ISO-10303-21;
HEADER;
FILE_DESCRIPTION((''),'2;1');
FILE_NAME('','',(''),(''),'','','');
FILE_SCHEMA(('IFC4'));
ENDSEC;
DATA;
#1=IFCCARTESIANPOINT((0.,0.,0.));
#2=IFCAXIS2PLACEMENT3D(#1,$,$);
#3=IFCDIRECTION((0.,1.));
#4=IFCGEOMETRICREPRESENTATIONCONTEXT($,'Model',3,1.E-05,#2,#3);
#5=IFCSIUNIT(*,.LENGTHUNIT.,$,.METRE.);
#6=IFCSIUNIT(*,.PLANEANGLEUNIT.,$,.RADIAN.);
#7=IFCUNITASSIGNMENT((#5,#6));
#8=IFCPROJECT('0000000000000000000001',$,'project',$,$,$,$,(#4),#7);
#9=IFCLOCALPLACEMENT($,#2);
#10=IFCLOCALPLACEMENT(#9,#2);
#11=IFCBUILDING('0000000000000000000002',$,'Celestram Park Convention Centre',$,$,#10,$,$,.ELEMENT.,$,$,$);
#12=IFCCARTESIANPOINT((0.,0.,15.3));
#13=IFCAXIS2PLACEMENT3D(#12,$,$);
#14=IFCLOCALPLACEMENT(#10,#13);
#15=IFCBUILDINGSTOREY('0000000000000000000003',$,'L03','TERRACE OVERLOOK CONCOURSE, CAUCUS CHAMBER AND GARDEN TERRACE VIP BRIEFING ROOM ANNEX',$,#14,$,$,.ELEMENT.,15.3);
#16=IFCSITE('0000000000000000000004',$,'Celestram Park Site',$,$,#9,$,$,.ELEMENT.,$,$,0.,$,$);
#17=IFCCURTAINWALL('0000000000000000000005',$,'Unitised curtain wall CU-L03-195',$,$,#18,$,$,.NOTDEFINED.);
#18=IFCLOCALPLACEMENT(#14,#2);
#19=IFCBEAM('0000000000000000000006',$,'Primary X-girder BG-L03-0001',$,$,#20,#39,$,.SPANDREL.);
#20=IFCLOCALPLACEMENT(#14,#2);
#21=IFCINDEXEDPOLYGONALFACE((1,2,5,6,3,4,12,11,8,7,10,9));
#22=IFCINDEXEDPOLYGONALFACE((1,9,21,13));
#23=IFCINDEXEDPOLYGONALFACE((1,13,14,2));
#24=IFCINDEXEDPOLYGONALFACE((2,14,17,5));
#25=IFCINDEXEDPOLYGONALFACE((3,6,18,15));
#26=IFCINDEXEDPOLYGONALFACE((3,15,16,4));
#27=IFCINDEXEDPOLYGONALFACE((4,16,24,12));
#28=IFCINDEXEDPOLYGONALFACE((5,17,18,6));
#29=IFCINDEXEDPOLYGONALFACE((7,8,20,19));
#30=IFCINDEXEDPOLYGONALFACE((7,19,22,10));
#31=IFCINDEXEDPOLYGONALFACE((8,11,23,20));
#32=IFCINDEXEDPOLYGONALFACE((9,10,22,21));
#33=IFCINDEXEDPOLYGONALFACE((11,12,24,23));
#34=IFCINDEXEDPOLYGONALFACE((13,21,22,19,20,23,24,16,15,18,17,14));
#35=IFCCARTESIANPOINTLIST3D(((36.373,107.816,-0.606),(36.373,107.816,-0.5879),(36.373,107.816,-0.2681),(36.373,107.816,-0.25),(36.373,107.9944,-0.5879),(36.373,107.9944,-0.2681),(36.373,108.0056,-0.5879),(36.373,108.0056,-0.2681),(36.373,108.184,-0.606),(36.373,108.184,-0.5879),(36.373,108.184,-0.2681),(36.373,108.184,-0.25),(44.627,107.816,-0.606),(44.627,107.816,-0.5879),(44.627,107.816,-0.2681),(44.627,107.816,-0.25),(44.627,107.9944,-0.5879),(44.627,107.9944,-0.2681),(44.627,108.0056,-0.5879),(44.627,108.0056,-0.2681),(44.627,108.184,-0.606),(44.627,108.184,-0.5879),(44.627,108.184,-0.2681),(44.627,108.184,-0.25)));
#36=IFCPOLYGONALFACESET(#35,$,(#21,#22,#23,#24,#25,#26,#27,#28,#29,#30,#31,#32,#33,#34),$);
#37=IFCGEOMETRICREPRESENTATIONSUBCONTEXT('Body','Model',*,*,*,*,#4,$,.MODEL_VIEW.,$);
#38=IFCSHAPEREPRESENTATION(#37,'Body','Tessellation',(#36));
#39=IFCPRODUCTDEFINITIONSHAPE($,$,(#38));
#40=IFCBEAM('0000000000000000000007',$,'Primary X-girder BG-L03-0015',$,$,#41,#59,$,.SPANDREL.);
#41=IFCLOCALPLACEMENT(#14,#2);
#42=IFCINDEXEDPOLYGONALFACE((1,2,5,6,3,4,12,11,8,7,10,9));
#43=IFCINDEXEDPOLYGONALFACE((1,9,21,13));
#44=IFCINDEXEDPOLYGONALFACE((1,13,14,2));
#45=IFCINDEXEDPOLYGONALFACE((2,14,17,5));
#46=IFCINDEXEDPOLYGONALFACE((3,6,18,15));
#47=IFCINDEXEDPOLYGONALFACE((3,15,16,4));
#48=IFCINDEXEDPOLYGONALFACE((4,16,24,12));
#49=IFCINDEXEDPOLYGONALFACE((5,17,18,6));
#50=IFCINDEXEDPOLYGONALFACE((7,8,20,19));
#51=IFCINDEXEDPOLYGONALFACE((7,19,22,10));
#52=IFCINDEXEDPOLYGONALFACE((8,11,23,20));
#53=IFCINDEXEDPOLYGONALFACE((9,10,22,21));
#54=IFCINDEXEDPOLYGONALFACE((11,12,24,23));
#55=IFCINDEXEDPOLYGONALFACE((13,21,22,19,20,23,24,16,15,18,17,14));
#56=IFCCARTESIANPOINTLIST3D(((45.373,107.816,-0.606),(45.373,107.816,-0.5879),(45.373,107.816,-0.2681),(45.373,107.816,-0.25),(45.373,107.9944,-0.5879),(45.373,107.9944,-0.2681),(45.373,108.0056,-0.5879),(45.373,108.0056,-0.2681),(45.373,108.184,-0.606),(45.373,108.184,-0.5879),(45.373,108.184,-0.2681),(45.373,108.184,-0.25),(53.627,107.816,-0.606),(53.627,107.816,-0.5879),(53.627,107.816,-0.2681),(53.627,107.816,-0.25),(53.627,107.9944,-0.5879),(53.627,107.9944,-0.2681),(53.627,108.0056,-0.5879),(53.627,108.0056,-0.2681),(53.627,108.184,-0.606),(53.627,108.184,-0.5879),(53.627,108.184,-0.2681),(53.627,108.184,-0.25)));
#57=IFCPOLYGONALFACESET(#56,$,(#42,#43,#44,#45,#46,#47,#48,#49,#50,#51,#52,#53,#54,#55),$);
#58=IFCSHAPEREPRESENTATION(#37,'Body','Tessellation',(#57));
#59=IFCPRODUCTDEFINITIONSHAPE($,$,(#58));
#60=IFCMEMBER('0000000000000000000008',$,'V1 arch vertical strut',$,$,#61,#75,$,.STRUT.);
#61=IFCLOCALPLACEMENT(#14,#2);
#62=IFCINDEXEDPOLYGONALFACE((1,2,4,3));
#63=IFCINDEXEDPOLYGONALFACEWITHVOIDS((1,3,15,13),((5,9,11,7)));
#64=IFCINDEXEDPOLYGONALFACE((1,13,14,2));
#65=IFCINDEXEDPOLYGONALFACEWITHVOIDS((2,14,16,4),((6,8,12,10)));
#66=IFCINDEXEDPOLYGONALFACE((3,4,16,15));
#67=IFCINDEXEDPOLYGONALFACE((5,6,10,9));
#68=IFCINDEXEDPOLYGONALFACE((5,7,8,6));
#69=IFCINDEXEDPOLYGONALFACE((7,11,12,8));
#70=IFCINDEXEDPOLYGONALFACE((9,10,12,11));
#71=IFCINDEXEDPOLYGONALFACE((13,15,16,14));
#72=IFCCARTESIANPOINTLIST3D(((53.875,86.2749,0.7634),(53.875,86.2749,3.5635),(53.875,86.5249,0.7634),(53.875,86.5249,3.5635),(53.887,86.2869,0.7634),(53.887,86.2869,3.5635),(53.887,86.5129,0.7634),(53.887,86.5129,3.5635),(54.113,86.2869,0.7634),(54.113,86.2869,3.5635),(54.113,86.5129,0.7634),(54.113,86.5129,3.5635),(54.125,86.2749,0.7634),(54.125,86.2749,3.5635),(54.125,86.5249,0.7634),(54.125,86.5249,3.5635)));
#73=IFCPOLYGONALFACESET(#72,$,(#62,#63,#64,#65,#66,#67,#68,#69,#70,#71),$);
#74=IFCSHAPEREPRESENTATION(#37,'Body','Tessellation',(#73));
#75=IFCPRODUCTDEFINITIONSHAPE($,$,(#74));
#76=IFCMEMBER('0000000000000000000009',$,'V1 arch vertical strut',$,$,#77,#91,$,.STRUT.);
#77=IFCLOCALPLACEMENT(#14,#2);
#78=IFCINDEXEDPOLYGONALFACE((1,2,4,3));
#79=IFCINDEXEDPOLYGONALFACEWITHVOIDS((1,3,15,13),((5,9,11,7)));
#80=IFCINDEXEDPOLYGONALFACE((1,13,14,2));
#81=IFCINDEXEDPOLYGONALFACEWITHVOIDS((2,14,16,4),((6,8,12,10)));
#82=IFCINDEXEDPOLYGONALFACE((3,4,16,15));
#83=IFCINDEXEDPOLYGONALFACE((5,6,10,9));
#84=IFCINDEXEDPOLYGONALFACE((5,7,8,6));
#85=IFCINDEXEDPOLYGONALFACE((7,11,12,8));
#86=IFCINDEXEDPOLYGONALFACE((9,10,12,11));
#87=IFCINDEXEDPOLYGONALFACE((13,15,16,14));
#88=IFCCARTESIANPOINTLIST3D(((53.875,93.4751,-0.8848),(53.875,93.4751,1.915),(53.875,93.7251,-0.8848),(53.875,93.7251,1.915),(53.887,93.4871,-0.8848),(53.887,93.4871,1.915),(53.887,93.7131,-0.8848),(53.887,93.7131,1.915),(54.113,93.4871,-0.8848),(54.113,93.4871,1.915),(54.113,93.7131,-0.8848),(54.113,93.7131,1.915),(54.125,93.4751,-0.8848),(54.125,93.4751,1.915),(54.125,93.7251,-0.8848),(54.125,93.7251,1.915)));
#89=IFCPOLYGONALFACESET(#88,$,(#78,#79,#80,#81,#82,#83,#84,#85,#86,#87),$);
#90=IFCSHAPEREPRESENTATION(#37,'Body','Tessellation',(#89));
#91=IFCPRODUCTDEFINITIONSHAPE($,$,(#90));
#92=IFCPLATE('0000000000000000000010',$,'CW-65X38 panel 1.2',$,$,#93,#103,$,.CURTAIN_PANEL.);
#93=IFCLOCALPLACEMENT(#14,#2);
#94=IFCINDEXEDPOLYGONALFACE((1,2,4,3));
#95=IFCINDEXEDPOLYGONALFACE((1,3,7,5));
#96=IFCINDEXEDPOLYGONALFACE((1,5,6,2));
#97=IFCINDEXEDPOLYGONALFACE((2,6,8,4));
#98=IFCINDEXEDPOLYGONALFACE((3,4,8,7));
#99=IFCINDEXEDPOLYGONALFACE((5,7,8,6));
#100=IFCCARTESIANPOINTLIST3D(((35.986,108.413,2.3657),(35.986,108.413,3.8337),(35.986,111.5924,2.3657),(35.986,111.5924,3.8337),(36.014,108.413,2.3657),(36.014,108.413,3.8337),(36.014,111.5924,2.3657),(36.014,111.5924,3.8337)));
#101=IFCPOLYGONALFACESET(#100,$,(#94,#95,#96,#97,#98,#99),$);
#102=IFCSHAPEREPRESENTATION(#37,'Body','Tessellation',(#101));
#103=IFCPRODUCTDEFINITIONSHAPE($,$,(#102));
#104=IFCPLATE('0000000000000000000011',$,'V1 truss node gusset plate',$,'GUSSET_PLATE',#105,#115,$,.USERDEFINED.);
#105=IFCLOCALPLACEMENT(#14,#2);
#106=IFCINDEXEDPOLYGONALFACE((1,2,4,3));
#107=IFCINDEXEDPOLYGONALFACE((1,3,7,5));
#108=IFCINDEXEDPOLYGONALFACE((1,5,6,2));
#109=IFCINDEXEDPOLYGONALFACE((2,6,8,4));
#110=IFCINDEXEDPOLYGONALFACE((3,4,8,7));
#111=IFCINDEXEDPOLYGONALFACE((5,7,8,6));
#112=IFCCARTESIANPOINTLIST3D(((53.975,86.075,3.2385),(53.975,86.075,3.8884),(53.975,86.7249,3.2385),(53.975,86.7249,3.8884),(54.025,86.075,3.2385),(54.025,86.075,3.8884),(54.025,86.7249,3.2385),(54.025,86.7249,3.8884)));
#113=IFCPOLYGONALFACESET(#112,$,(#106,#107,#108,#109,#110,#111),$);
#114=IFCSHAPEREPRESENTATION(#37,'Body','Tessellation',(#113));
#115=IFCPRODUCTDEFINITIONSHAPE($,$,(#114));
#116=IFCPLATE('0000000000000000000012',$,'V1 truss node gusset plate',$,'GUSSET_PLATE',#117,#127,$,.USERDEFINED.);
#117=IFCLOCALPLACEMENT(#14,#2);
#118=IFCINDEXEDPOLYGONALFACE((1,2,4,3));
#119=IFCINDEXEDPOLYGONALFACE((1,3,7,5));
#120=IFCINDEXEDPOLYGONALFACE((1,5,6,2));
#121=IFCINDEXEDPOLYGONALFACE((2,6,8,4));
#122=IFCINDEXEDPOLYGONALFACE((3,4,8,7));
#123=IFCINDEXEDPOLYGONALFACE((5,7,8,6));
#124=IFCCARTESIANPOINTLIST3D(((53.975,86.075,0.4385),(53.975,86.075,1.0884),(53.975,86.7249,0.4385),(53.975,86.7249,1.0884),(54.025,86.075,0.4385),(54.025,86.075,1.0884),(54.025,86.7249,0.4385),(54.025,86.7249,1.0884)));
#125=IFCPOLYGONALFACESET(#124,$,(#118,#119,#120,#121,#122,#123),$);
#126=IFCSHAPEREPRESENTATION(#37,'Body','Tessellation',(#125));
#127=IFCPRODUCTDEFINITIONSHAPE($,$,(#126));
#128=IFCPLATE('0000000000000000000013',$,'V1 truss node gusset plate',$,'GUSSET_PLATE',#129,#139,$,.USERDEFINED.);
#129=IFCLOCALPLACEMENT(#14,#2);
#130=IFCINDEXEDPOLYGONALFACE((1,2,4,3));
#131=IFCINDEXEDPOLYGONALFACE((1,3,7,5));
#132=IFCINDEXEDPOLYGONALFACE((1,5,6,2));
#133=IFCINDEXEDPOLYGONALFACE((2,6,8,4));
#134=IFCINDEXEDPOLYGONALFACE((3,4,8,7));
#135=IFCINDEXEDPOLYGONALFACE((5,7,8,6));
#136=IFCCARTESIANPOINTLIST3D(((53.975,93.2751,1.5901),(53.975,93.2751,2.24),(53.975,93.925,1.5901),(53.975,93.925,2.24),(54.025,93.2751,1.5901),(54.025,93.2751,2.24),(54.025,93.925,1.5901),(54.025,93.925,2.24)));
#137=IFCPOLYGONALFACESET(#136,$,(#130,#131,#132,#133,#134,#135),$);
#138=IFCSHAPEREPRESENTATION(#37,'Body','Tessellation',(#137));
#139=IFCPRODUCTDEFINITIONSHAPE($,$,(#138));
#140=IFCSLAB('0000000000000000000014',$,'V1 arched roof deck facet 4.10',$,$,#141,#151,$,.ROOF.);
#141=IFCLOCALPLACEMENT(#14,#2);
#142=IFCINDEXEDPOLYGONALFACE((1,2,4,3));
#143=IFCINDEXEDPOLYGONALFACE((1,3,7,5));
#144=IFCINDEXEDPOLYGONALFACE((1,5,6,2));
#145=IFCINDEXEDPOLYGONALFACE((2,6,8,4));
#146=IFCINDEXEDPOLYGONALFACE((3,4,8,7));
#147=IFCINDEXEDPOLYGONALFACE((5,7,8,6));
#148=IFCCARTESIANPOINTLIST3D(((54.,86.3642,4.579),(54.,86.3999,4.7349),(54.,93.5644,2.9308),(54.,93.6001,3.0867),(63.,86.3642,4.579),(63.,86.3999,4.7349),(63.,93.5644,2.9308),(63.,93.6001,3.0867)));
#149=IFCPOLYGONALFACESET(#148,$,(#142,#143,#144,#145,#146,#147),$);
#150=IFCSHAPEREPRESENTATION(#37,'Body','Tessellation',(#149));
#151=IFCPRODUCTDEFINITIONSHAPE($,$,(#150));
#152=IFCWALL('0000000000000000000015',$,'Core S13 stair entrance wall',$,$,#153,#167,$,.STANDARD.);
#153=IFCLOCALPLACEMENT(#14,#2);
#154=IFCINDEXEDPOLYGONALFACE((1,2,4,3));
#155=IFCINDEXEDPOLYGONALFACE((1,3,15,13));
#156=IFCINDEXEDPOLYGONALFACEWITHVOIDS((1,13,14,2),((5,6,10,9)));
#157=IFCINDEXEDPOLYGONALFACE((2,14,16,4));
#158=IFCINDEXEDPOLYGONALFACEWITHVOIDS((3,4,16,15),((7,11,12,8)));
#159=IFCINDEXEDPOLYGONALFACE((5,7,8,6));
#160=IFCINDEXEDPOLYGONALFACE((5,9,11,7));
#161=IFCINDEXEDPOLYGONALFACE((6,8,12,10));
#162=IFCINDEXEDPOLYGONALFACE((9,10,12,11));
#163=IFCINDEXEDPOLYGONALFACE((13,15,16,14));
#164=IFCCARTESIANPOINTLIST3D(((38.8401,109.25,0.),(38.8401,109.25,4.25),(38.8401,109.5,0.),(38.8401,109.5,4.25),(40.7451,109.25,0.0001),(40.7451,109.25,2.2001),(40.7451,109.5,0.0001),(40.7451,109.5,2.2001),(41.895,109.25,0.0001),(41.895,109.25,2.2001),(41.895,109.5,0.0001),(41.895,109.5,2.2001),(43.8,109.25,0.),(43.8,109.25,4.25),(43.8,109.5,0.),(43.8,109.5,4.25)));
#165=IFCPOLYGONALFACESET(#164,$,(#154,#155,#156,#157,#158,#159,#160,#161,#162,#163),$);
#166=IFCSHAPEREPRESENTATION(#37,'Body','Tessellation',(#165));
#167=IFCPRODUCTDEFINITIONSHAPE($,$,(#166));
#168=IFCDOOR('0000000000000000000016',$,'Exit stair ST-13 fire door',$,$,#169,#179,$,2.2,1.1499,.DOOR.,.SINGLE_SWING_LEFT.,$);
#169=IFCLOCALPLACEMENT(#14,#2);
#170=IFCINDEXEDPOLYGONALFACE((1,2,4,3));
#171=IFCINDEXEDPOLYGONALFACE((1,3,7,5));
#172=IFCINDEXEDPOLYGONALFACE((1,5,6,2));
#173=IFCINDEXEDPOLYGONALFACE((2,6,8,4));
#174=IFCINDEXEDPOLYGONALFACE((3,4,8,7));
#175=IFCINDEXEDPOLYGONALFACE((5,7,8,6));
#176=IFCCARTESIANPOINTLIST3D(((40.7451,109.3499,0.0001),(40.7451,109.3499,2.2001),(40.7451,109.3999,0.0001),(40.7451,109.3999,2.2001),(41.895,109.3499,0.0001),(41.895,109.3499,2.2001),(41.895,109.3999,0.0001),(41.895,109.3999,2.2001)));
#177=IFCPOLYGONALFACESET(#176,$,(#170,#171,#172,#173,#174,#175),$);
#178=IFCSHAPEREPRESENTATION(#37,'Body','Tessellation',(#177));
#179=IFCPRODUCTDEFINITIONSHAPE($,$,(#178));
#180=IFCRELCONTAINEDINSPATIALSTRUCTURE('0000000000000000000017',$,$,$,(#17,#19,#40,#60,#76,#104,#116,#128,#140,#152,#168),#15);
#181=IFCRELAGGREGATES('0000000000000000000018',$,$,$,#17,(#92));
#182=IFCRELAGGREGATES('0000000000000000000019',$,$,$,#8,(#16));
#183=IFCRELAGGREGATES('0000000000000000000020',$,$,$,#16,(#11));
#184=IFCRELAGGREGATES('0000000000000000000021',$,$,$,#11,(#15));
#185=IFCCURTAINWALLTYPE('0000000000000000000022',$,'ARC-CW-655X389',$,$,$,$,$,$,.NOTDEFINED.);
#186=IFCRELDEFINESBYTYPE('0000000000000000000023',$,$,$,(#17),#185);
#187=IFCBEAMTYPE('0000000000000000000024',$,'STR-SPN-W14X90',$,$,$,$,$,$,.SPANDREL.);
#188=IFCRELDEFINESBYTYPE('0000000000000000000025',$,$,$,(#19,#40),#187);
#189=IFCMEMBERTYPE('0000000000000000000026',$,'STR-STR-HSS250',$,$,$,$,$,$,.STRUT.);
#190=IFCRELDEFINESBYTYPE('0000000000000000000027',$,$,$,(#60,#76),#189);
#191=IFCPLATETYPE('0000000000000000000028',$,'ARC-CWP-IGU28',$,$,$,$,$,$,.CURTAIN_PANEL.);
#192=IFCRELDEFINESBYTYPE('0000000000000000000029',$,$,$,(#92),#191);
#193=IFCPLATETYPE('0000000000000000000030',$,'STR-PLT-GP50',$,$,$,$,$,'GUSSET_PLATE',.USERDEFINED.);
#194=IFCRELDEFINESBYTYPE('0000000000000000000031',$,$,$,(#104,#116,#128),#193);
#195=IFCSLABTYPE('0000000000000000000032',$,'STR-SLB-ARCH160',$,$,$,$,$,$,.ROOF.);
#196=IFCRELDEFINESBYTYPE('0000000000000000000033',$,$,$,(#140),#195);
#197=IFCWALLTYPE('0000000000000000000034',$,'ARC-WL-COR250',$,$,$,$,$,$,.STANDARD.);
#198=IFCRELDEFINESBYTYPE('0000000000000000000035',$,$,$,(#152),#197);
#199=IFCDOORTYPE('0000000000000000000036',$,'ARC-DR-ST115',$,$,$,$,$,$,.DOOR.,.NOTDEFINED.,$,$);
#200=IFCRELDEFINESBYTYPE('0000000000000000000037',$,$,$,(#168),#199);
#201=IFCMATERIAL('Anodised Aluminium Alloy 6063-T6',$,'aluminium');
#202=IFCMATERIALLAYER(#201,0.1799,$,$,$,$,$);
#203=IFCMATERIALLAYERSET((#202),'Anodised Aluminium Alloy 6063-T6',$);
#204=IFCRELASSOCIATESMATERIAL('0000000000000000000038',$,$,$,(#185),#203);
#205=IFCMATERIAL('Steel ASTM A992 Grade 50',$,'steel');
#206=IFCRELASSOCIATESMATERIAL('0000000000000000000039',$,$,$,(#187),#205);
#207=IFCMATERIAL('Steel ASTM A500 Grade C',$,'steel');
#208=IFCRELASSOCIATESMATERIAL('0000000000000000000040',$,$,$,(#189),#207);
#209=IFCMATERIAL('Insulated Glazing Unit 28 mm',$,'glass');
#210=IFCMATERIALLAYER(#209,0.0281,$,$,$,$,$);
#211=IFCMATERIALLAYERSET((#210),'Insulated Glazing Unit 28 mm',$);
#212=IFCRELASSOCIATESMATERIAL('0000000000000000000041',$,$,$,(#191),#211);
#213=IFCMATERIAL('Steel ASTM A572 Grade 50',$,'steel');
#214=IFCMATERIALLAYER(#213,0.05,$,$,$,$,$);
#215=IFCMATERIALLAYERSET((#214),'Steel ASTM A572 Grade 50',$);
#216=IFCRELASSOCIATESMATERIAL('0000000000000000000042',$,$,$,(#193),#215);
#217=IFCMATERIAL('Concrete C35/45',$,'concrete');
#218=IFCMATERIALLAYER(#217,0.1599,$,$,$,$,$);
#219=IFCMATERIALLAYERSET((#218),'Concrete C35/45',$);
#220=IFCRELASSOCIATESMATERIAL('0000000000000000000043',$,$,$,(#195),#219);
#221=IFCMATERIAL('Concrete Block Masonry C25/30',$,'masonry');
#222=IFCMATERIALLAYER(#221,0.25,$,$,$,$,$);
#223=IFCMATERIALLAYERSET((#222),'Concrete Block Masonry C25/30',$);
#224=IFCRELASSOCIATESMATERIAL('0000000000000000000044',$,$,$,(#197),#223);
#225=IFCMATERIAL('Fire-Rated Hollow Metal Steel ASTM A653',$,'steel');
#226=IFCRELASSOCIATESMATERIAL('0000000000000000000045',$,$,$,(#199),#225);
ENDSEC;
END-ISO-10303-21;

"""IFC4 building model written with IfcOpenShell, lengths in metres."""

from ifc_helpers import new_model, si_unit, direction, frame, frame_2d, origin, origin_2d, place, context, subcontext, project, spatial, polyline, rectangle, hollow_rectangle, i_section, outline, extrude, material, layer, layer_set, material_profile, profile_set, type_object, element, fill, aggregate, save


model = new_model("IFC4")

# Units and contexts
model_context = context("Model", 3, precision=1e-05, world=origin(), true_north=direction((0.0, 1.0)))
body_context = subcontext(model_context, "Body", "Model", "MODEL_VIEW")
ifc_project = project(units=[si_unit("LENGTHUNIT", "METRE"), si_unit("PLANEANGLEUNIT", "RADIAN")], contexts=[model_context])

# Site, building, storey
site_placement = place(None, origin())
site = spatial("IfcSite", under=ifc_project, at=site_placement, Name="Celestram Park Site", CompositionType="ELEMENT", RefElevation=0.0)
building_placement = place(site_placement, origin())
building = spatial("IfcBuilding", under=site, at=building_placement, Name="Celestram Park Convention Centre", CompositionType="ELEMENT")
storey_placement = place(building_placement, frame((0.0, 0.0, 15.3)))
storey = spatial("IfcBuildingStorey", under=building, at=storey_placement, Name="L03", Description="TERRACE OVERLOOK CONCOURSE, CAUCUS CHAMBER AND GARDEN TERRACE VIP BRIEFING ROOM ANNEX", CompositionType="ELEMENT", Elevation=15.3)

# Curtain wall
ifc_material_1 = material(Name="Anodised Aluminium Alloy 6063-T6", Category="aluminium")
ifc_layer_1 = layer(ifc_material_1, 0.1799)
ifc_layer_set_1 = layer_set([ifc_layer_1], Name="Anodised Aluminium Alloy 6063-T6")
curtain_wall_type = type_object("IfcCurtainWallType", Name="ARC-CW-655X389", PredefinedType="NOTDEFINED", material=ifc_layer_set_1)
curtain_wall_placement = place(storey_placement, origin())
curtain_wall = element("IfcCurtainWall", 1, at=curtain_wall_placement, inside=storey, type_object=curtain_wall_type, Name="Unitised curtain wall CU-L03-195", PredefinedType="NOTDEFINED")

# Shared definitions
ifc_material_2 = material(Name="Steel ASTM A992 Grade 50", Category="steel")

# Shared definitions
ifc_material_3 = material(Name="Steel ASTM A500 Grade C", Category="steel")

# Beams
ifc_material_profile_1 = material_profile(ifc_material_2, i_section(OverallWidth=0.3679, OverallDepth=0.356, WebThickness=0.0112, FlangeThickness=0.0181, at=origin_2d()), Name="W14X90")
ifc_profile_set_1 = profile_set([ifc_material_profile_1], Name="Steel ASTM A992 Grade 50")
beam_type_1 = type_object("IfcBeamType", Name="STR-SPN-W14X90", PredefinedType="SPANDREL", material=ifc_profile_set_1)
for number, where, z_axis, x_axis, name in (
    (2, (36.373, 108.0, -0.428), (1.0, 0.0, 0.0), (0.0, 1.0, 0.0), "Primary X-girder BG-L03-0001"),
    (3, (45.373, 108.0, -0.428), (1.0, 0.0, 0.0), (0.0, 1.0, 0.0), "Primary X-girder BG-L03-0015"),
):
    element("IfcBeam", number, at=place(storey_placement, frame(where, z_axis=z_axis, x_axis=x_axis)), inside=storey, type_object=beam_type_1, Name=name, PredefinedType="SPANDREL", context=body_context, shape_type="SweptSolid", body=[
        extrude(i_section(OverallWidth=0.3679, OverallDepth=0.356, WebThickness=0.0112, FlangeThickness=0.0181, at=origin_2d()), origin(), (0.0, 0.0, 1.0), 8.2539),
    ])

# Members
ifc_material_profile_2 = material_profile(ifc_material_3, hollow_rectangle(XDim=0.25, YDim=0.25, WallThickness=0.012, at=origin_2d()), Name="HSS250X250X12")
ifc_profile_set_2 = profile_set([ifc_material_profile_2], Name="Steel ASTM A500 Grade C")
member_type_1 = type_object("IfcMemberType", Name="STR-STR-HSS250", PredefinedType="STRUT", material=ifc_profile_set_2)
member_1_placement = place(storey_placement, frame((54.0, 86.3999, 0.7634), z_axis=(0.0, 0.0, 1.0), x_axis=(1.0, 0.0, 0.0)))
element("IfcMember", 4, at=member_1_placement, inside=storey, type_object=member_type_1, Name="V1 arch vertical strut", PredefinedType="STRUT", context=body_context, shape_type="SweptSolid", body=[
    extrude(hollow_rectangle(XDim=0.25, YDim=0.25, WallThickness=0.012, at=origin_2d()), origin(), (0.0, 0.0, 1.0), 2.8),
])
member_2_placement = place(storey_placement, frame((54.0, 93.6001, -0.8848), z_axis=(0.0, 0.0, 1.0), x_axis=(1.0, 0.0, 0.0)))
element("IfcMember", 5, at=member_2_placement, inside=storey, type_object=member_type_1, Name="V1 arch vertical strut", PredefinedType="STRUT", context=body_context, shape_type="SweptSolid", body=[
    extrude(hollow_rectangle(XDim=0.25, YDim=0.25, WallThickness=0.012, at=origin_2d()), origin(), (0.0, 0.0, 1.0), 2.7998),
])

# Plate
ifc_material_4 = material(Name="Insulated Glazing Unit 28 mm", Category="glass")
ifc_layer_2 = layer(ifc_material_4, 0.0281)
ifc_layer_set_2 = layer_set([ifc_layer_2], Name="Insulated Glazing Unit 28 mm")
plate_type_1 = type_object("IfcPlateType", Name="ARC-CWP-IGU28", PredefinedType="CURTAIN_PANEL", material=ifc_layer_set_2)
plate_placement = place(storey_placement, frame((36.0, 110.0027, 2.3657), z_axis=(0.0, 0.0, 1.0), x_axis=(0.0, 1.0, 0.0)))
plate = element("IfcPlate", 6, at=plate_placement, type_object=plate_type_1, Name="CW-65X38 panel 1.2", PredefinedType="CURTAIN_PANEL", context=body_context, shape_type="SweptSolid", body=[
    extrude(rectangle(XDim=3.1794, YDim=0.0281, at=origin_2d()), origin(), (0.0, 0.0, 1.0), 1.468),
])
aggregate(curtain_wall, [plate])

# Plates
ifc_material_5 = material(Name="Steel ASTM A572 Grade 50", Category="steel")
ifc_layer_3 = layer(ifc_material_5, 0.05)
ifc_layer_set_3 = layer_set([ifc_layer_3], Name="Steel ASTM A572 Grade 50")
plate_type_2 = type_object("IfcPlateType", Name="STR-PLT-GP50", ElementType="GUSSET_PLATE", PredefinedType="USERDEFINED", material=ifc_layer_set_3)
for number, where, z_axis, x_axis, name in (
    (7, (54.0, 86.3999, 3.2385), (0.0, 0.0, 1.0), (0.0, 1.0, 0.0), "V1 truss node gusset plate"),
    (8, (54.0, 86.3999, 0.4385), (0.0, 0.0, 1.0), (0.0, 1.0, 0.0), "V1 truss node gusset plate"),
    (9, (54.0, 93.6001, 1.5901), (0.0, 0.0, 1.0), (0.0, 1.0, 0.0), "V1 truss node gusset plate"),
):
    element("IfcPlate", number, at=place(storey_placement, frame(where, z_axis=z_axis, x_axis=x_axis)), inside=storey, type_object=plate_type_2, Name=name, ObjectType="GUSSET_PLATE", PredefinedType="USERDEFINED", context=body_context, shape_type="SweptSolid", body=[
        extrude(rectangle(XDim=0.6499, YDim=0.05, at=origin_2d()), origin(), (0.0, 0.0, 1.0), 0.6499),
    ])

# Slab
ifc_material_6 = material(Name="Concrete C35/45", Category="concrete")
ifc_layer_4 = layer(ifc_material_6, 0.1599)
ifc_layer_set_4 = layer_set([ifc_layer_4], Name="Concrete C35/45")
slab_type = type_object("IfcSlabType", Name="STR-SLB-ARCH160", PredefinedType="ROOF", material=ifc_layer_set_4)
slab_placement = place(storey_placement, frame((54.0, 86.3999, 4.7349), z_axis=(0.0, 0.223138, 0.974787), x_axis=(1.0, 0.0, 0.0)))
element("IfcSlab", 10, at=slab_placement, inside=storey, type_object=slab_type, Name="V1 arched roof deck facet 4.10", PredefinedType="ROOF", context=body_context, shape_type="SweptSolid", body=[
    extrude(outline(polyline([(0.0, 0.0), (9.0, 0.0), (9.0, 7.3864), (0.0, 7.3864), (0.0, 0.0)])), origin(), (0.0, 0.0, -1.0), 0.1599),
])

# Wall, opening, door
ifc_material_7 = material(Name="Concrete Block Masonry C25/30", Category="masonry")
ifc_layer_5 = layer(ifc_material_7, 0.25)
ifc_layer_set_5 = layer_set([ifc_layer_5], Name="Concrete Block Masonry C25/30")
wall_type_1 = type_object("IfcWallType", Name="ARC-WL-COR250", PredefinedType="STANDARD", material=ifc_layer_set_5)
wall_1_placement = place(storey_placement, frame((38.8401, 109.375, 0.0), z_axis=(0.0, 0.0, 1.0), x_axis=(1.0, 0.0, 0.0)))
wall_1 = element("IfcWall", 11, at=wall_1_placement, inside=storey, type_object=wall_type_1, Name="Core S13 stair entrance wall", PredefinedType="STANDARD", context=body_context, shape_type="SweptSolid", body=[
    extrude(rectangle(XDim=4.96, YDim=0.25, at=frame_2d((2.48, 0.0))), origin(), (0.0, 0.0, 1.0), 4.25),
])
opening_placement = place(wall_1_placement, frame((1.905, 0.0, 0.0)))
opening = element("IfcOpeningElement", 12, at=opening_placement, cuts=wall_1, PredefinedType="OPENING", context=body_context, shape_type="SweptSolid", body=[
    extrude(rectangle(XDim=1.1499, YDim=2.2, at=frame_2d((0.575, 1.1001))), frame((0.0, 0.135, 0.0), z_axis=(0.0, -1.0, 0.0), x_axis=(1.0, 0.0, 0.0)), (0.0, 0.0, 1.0), 0.27),
])
ifc_material_8 = material(Name="Fire-Rated Hollow Metal Steel ASTM A653", Category="steel")
door_type = type_object("IfcDoorType", Name="ARC-DR-ST115", OperationType="NOTDEFINED", PredefinedType="DOOR", material=ifc_material_8)
door_placement = place(opening_placement, origin())
door = element("IfcDoor", 13, at=door_placement, inside=storey, type_object=door_type, Name="Exit stair ST-13 fire door", OperationType="SINGLE_SWING_LEFT", OverallHeight=2.2, OverallWidth=1.1499, PredefinedType="DOOR", context=body_context, shape_type="SweptSolid", body=[
    extrude(rectangle(XDim=1.1499, YDim=2.2, at=frame_2d((0.575, 1.1001))), frame((0.0, 0.0249, 0.0), z_axis=(0.0, -1.0, 0.0), x_axis=(1.0, 0.0, 0.0)), (0.0, 0.0, 1.0), 0.05),
])
fill(opening, door)

save(model, "model.ifc")
